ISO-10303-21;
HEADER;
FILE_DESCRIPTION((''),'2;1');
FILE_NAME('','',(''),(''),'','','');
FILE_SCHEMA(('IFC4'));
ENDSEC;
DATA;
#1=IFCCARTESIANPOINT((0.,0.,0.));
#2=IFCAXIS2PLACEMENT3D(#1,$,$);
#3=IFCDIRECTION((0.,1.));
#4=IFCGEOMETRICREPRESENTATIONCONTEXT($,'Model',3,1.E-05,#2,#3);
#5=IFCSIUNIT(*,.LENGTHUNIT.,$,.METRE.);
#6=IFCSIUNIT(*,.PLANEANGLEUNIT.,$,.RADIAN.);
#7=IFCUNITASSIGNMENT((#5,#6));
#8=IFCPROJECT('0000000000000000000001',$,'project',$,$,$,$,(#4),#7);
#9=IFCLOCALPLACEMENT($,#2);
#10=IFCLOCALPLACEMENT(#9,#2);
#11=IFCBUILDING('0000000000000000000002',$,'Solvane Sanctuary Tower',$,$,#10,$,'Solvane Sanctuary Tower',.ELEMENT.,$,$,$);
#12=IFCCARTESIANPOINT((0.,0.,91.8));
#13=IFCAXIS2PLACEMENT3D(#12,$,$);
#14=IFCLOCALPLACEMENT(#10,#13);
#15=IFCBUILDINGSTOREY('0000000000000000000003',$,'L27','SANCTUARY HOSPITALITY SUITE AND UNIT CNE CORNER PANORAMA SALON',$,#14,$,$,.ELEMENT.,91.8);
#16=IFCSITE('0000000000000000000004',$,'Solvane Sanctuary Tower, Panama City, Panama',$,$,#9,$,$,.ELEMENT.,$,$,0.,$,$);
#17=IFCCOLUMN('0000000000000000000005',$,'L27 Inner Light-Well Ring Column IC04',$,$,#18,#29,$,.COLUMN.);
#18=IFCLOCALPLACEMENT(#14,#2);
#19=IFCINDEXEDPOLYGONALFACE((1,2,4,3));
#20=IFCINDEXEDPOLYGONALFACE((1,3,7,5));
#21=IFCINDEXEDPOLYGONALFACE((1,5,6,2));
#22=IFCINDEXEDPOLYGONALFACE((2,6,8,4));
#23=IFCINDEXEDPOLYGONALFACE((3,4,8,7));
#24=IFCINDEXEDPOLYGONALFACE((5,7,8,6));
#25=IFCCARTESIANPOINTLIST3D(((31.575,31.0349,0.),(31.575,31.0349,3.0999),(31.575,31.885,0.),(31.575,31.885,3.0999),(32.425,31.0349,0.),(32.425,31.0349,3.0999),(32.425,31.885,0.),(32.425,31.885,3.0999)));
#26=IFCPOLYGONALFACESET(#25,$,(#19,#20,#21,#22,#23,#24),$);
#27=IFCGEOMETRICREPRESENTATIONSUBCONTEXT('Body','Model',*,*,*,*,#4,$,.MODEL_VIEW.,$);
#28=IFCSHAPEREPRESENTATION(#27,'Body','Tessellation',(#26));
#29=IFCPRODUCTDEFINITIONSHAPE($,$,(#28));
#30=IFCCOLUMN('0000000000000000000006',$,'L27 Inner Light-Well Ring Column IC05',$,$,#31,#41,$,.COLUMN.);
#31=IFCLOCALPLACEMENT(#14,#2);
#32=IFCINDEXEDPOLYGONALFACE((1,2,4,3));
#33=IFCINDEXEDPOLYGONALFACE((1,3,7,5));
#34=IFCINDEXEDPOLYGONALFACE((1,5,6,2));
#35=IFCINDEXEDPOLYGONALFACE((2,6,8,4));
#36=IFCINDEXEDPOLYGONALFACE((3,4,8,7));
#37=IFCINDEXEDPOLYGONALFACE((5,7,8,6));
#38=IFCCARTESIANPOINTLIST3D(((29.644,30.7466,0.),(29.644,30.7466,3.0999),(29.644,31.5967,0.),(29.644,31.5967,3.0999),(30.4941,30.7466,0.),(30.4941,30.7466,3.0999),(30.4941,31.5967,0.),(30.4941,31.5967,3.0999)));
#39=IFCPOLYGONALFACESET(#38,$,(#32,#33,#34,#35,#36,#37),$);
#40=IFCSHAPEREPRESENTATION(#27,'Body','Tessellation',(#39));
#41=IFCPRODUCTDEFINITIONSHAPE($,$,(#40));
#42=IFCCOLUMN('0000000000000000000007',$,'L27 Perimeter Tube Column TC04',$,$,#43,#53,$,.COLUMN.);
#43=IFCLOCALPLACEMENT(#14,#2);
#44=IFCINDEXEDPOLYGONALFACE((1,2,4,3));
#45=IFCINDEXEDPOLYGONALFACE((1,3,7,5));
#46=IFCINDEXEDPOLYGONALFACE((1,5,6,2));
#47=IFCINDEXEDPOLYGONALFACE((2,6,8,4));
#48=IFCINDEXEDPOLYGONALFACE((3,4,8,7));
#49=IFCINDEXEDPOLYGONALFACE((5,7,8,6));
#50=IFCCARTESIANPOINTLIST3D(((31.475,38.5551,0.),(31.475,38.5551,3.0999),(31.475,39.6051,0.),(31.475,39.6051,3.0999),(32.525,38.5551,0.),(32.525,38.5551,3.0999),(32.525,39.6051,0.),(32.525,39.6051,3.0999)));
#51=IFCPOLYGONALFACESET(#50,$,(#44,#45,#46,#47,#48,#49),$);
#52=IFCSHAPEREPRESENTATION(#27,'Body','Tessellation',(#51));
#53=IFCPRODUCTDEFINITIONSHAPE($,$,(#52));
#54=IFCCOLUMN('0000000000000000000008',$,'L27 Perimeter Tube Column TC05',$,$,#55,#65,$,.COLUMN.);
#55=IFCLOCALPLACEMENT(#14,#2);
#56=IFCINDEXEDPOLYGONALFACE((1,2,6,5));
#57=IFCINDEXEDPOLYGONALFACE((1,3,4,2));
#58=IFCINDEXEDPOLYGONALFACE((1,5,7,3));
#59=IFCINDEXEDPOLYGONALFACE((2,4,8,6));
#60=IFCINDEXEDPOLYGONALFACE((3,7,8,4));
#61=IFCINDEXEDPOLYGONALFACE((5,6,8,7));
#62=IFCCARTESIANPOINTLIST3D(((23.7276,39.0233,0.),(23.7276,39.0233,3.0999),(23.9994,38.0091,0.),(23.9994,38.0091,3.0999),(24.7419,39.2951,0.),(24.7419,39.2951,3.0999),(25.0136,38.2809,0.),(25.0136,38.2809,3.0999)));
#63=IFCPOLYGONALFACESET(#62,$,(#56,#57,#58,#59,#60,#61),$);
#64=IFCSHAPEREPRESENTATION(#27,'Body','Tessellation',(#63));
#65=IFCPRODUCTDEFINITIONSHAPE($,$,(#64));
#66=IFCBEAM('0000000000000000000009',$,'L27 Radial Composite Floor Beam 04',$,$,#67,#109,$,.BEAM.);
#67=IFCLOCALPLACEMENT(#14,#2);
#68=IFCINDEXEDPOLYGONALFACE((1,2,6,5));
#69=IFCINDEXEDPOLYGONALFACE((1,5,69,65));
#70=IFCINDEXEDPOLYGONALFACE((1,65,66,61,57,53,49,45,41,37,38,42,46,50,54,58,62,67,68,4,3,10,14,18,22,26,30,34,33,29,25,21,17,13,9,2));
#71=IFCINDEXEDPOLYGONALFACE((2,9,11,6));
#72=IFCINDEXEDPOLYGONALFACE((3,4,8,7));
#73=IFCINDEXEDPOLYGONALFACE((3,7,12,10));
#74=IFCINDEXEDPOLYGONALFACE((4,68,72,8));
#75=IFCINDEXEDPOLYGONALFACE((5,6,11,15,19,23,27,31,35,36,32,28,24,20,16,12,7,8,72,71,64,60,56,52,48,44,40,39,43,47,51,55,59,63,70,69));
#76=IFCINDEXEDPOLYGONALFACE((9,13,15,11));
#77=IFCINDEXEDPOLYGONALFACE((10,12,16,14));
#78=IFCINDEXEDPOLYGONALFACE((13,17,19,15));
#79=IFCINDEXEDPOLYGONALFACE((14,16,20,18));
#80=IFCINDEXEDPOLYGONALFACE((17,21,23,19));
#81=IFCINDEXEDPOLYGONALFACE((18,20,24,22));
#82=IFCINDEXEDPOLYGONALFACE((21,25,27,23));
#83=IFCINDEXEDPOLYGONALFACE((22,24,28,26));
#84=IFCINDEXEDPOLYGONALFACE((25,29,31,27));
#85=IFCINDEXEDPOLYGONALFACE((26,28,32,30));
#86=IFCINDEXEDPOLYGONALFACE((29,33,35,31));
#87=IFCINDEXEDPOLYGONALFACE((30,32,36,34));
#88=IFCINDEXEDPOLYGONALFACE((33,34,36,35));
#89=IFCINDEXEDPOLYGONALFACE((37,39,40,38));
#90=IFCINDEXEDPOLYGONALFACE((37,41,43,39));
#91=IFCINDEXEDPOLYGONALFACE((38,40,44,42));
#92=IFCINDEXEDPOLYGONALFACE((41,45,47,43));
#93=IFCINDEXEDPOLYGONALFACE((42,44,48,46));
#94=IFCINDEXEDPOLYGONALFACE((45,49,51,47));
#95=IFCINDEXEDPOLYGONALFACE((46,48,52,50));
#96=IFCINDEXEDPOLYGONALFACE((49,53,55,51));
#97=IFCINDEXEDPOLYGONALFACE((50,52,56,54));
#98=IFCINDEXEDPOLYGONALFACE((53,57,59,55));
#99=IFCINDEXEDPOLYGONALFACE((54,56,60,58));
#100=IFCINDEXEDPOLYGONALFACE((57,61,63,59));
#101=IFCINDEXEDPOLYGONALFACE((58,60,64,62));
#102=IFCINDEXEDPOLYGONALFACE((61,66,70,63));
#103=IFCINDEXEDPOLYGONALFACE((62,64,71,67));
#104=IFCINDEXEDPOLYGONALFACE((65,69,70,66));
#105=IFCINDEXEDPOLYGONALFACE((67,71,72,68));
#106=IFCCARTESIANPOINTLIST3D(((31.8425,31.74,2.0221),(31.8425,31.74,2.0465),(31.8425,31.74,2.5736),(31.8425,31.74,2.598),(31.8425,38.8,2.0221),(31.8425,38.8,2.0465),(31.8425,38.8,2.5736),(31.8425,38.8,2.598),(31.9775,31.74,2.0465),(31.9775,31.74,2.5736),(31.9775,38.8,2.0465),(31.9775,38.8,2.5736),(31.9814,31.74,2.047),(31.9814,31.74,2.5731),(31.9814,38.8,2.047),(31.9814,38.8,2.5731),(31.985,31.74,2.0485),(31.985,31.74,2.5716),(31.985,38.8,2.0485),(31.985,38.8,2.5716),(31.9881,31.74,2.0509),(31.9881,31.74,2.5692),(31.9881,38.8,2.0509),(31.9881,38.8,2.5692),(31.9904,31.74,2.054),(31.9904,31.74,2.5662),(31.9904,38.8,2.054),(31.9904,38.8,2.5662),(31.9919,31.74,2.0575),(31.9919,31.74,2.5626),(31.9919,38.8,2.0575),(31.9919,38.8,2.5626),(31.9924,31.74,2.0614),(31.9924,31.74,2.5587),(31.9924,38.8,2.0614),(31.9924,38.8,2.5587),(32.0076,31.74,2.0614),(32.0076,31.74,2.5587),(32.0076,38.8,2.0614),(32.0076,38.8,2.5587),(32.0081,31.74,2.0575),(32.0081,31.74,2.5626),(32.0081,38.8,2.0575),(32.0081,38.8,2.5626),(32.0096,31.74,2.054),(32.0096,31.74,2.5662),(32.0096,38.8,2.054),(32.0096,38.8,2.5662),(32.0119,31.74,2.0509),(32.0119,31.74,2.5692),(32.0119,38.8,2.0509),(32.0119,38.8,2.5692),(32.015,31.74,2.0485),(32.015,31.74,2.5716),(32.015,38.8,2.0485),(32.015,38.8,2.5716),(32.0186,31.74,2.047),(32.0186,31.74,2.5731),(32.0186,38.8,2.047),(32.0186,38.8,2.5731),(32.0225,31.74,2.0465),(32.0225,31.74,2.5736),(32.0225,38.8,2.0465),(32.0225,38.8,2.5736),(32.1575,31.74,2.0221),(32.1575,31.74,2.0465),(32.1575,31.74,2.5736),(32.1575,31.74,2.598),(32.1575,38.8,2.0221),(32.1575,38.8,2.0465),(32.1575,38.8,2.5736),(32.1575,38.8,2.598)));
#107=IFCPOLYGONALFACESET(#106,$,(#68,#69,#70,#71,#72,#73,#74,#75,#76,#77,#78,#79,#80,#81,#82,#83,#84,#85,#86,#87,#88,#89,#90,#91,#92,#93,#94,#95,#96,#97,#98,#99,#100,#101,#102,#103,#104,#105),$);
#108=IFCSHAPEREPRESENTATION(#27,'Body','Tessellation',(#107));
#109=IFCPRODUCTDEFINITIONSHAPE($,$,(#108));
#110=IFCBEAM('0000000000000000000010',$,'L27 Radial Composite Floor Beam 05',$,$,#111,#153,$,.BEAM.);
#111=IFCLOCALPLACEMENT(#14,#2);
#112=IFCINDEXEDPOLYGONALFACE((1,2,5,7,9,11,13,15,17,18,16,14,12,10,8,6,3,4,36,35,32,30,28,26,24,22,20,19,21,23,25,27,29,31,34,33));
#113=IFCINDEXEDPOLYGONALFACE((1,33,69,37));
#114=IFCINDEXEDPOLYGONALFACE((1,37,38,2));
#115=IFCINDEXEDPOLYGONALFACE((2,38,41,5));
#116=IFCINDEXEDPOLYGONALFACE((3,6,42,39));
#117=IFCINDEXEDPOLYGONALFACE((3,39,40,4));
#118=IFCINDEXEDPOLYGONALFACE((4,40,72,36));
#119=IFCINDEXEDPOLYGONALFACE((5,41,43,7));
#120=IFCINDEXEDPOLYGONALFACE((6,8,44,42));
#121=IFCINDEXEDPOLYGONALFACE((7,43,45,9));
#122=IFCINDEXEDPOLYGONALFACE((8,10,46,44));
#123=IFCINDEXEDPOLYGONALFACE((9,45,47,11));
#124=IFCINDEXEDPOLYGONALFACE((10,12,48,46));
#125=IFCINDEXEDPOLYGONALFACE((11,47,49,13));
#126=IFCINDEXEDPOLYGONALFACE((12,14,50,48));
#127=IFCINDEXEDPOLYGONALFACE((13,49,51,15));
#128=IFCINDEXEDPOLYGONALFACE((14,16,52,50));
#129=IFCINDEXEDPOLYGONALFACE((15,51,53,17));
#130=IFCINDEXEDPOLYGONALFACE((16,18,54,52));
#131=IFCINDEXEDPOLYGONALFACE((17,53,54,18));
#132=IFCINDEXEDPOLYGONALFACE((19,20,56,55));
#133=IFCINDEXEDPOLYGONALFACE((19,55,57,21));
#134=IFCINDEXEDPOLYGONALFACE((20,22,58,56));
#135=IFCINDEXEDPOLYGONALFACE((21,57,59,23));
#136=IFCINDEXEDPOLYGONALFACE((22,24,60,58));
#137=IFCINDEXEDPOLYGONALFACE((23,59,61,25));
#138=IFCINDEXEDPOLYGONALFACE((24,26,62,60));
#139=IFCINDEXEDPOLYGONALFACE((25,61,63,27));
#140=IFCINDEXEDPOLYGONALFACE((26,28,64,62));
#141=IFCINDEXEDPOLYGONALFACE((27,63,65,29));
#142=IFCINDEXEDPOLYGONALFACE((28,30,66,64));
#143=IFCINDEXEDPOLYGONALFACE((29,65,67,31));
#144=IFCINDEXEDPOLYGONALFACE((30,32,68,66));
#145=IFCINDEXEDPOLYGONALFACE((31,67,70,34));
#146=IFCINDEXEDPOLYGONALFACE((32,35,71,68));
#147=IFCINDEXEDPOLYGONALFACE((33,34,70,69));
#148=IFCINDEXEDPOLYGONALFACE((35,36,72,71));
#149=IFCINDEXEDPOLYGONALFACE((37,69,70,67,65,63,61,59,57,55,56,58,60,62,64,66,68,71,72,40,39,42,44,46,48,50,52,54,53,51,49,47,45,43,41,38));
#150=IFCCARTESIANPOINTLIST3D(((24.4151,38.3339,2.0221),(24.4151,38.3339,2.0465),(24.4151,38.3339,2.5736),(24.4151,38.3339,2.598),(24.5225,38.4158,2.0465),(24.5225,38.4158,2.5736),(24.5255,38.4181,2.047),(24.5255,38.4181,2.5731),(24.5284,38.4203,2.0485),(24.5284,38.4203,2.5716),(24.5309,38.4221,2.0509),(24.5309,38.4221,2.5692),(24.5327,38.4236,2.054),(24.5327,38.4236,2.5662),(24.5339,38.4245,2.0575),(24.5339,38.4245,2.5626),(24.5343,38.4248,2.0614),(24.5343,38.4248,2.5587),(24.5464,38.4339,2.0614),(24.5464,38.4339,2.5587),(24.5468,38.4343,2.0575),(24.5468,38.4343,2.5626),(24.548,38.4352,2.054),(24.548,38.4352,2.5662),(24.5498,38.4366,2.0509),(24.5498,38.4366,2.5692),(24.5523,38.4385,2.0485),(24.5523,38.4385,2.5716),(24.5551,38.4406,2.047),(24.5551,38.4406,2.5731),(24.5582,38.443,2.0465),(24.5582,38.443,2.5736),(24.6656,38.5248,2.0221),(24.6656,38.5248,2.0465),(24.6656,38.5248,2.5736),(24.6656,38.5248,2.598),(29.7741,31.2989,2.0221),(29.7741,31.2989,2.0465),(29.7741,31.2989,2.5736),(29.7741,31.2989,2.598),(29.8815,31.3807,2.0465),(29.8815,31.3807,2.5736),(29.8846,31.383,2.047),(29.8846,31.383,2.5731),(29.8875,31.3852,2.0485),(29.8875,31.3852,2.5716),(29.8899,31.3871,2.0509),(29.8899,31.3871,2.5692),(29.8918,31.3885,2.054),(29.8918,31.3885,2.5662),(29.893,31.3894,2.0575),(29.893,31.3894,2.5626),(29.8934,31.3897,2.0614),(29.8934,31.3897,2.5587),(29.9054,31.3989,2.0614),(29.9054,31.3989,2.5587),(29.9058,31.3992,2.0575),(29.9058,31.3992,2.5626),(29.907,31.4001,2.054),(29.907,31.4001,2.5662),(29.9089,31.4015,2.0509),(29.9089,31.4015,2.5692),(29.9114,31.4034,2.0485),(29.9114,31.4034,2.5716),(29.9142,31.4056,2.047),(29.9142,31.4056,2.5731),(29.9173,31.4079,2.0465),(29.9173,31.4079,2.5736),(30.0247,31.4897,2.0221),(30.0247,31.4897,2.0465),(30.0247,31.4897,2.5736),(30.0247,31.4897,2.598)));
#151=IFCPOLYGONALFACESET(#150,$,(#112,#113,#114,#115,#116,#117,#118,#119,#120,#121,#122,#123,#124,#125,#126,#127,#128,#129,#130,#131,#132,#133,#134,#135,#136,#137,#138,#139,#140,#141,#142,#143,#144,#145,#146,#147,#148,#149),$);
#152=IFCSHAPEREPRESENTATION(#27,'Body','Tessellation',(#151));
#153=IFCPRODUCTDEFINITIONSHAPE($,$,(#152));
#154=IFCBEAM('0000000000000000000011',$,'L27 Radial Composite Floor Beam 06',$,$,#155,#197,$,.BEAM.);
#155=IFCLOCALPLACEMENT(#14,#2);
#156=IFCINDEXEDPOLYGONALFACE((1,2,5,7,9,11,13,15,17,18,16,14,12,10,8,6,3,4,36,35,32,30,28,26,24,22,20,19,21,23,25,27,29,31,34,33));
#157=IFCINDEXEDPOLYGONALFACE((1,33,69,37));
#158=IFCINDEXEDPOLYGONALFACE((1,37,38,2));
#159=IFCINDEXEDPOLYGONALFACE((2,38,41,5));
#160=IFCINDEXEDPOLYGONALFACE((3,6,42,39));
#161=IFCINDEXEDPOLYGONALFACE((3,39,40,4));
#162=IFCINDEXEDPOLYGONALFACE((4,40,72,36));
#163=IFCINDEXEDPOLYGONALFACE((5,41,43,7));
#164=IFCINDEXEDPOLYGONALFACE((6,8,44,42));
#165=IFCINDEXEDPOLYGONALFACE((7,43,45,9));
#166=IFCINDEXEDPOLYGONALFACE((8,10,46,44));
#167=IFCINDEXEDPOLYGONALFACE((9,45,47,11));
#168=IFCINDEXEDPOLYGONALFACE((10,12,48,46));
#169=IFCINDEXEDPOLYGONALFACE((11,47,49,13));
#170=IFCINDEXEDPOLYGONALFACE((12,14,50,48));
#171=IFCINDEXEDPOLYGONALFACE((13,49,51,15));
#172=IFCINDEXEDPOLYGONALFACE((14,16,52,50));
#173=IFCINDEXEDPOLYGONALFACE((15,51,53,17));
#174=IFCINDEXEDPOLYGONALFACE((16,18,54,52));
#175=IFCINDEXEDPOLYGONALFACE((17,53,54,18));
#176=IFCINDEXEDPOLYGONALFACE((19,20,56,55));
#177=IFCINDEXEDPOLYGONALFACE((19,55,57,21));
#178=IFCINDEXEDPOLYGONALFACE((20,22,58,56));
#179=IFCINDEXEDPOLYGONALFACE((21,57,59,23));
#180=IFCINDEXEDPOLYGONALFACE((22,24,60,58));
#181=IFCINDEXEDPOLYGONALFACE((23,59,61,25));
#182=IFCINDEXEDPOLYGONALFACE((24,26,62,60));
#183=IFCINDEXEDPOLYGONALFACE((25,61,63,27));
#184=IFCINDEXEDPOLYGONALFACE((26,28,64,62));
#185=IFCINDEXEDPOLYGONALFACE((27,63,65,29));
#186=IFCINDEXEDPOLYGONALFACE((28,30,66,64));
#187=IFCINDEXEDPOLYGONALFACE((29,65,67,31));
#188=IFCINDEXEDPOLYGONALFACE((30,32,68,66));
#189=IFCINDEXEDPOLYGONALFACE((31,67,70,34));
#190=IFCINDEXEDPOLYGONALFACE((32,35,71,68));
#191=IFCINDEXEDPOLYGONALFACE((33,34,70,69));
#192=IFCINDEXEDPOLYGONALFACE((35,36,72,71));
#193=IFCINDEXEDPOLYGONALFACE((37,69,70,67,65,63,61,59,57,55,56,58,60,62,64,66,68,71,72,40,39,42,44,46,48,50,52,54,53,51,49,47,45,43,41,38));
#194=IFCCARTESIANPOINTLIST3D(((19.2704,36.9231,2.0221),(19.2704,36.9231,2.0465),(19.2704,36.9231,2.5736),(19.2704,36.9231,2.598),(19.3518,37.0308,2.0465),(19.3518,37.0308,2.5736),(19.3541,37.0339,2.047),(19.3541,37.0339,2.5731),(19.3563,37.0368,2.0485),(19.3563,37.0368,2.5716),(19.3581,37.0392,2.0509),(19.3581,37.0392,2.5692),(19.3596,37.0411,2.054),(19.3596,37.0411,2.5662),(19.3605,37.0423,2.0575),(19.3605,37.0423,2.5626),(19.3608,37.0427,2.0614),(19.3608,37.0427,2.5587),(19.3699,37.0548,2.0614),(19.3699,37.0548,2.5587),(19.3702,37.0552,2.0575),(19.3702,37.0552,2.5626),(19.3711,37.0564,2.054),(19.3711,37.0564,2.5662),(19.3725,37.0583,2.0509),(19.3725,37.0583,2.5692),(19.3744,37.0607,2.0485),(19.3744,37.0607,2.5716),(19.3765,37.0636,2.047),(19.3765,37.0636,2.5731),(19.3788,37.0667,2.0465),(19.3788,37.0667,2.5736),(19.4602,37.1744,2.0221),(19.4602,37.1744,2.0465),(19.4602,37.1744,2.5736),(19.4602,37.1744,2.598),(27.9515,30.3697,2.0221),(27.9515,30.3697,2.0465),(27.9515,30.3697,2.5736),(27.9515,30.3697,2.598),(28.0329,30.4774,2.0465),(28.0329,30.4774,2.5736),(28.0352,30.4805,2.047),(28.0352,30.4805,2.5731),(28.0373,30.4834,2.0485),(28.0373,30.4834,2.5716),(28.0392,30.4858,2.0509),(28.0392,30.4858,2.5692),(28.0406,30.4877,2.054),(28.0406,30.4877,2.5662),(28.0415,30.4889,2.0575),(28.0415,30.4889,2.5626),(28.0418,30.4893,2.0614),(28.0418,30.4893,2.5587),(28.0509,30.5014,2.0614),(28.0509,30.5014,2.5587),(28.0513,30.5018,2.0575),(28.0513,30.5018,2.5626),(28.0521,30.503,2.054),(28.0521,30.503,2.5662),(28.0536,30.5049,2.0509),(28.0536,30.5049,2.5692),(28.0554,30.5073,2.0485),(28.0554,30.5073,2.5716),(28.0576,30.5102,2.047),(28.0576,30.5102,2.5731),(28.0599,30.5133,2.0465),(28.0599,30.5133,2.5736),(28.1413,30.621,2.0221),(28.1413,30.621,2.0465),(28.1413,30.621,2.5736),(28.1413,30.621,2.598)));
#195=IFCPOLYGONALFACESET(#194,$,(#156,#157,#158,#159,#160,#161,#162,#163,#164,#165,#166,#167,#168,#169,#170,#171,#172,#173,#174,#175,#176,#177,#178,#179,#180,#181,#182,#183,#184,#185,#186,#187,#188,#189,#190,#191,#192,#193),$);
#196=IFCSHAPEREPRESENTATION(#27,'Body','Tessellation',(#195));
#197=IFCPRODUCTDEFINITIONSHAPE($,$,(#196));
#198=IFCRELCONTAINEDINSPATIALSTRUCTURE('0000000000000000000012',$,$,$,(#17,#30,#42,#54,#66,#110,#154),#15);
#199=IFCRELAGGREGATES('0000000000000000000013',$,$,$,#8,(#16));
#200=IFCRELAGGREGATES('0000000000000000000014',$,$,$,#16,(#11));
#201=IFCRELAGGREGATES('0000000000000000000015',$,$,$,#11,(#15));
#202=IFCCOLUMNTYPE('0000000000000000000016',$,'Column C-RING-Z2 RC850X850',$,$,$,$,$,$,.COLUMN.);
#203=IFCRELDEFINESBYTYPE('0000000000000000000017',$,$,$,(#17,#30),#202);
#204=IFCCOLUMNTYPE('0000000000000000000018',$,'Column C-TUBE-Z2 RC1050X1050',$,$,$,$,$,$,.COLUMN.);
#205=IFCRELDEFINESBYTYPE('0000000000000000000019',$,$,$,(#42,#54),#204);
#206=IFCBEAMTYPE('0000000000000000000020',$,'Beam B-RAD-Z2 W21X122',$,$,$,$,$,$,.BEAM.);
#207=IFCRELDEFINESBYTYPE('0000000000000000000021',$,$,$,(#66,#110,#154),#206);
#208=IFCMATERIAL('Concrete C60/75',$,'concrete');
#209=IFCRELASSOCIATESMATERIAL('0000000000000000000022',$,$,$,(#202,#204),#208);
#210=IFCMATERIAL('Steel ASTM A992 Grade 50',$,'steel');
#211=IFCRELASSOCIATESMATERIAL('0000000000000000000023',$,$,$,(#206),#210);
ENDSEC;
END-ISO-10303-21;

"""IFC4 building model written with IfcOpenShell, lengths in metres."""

from ifc_helpers import new_model, si_unit, direction, frame, origin, origin_2d, place, context, subcontext, project, spatial, rectangle, i_section, extrude, material, material_profile, profile_set, type_object, element, save


model = new_model("IFC4")

# Units and contexts
model_context = context("Model", 3, precision=1e-05, world=origin(), true_north=direction((0.0, 1.0)))
body_context = subcontext(model_context, "Body", "Model", "MODEL_VIEW")
ifc_project = project(units=[si_unit("LENGTHUNIT", "METRE"), si_unit("PLANEANGLEUNIT", "RADIAN")], contexts=[model_context])

# Site, building, storey
site_placement = place(None, origin())
site = spatial("IfcSite", under=ifc_project, at=site_placement, Name="Solvane Sanctuary Tower, Panama City, Panama", CompositionType="ELEMENT", RefElevation=0.0)
building_placement = place(site_placement, origin())
building = spatial("IfcBuilding", under=site, at=building_placement, Name="Solvane Sanctuary Tower", LongName="Solvane Sanctuary Tower", CompositionType="ELEMENT")
storey_placement = place(building_placement, frame((0.0, 0.0, 91.8)))
storey = spatial("IfcBuildingStorey", under=building, at=storey_placement, Name="L27", Description="SANCTUARY HOSPITALITY SUITE AND UNIT CNE CORNER PANORAMA SALON", CompositionType="ELEMENT", Elevation=91.8)

# Columns
ifc_material_1 = material(Name="Concrete C60/75", Category="concrete")
ifc_material_profile_1 = material_profile(ifc_material_1, rectangle(XDim=0.8501, YDim=0.8501, at=origin_2d()), Name="RC850X850")
ifc_profile_set_1 = profile_set([ifc_material_profile_1], Name="Concrete C60/75")
column_type_1 = type_object("IfcColumnType", Name="Column C-RING-Z2 RC850X850", PredefinedType="COLUMN", material=ifc_profile_set_1)
for number, where, z_axis, x_axis, name in (
    (1, (32.0, 31.46, 0.0), (0.0, 0.0, 1.0), (1.0, 0.0, 0.0), "L27 Inner Light-Well Ring Column IC04"),
    (2, (30.0691, 31.1716, 0.0), (0.0, 0.0, 1.0), (1.0, 0.0, 0.0), "L27 Inner Light-Well Ring Column IC05"),
):
    element("IfcColumn", number, at=place(storey_placement, frame(where, z_axis=z_axis, x_axis=x_axis)), inside=storey, type_object=column_type_1, Name=name, PredefinedType="COLUMN", context=body_context, shape_type="SweptSolid", body=[
        extrude(rectangle(XDim=0.8501, YDim=0.8501, at=origin_2d()), origin(), (0.0, 0.0, 1.0), 3.0999),
    ])
ifc_material_profile_2 = material_profile(ifc_material_1, rectangle(XDim=1.05, YDim=1.05, at=origin_2d()), Name="RC1050X1050")
ifc_profile_set_2 = profile_set([ifc_material_profile_2], Name="Concrete C60/75")
column_type_2 = type_object("IfcColumnType", Name="Column C-TUBE-Z2 RC1050X1050", PredefinedType="COLUMN", material=ifc_profile_set_2)
for number, where, z_axis, x_axis, name in (
    (3, (32.0, 39.0801, 0.0), (0.0, 0.0, 1.0), (0.0, 1.0, 0.0), "L27 Perimeter Tube Column TC04"),
    (4, (24.3706, 38.6521, 0.0), (0.0, 0.0, 1.0), (-0.258819, 0.965926, 0.0), "L27 Perimeter Tube Column TC05"),
):
    element("IfcColumn", number, at=place(storey_placement, frame(where, z_axis=z_axis, x_axis=x_axis)), inside=storey, type_object=column_type_2, Name=name, PredefinedType="COLUMN", context=body_context, shape_type="SweptSolid", body=[
        extrude(rectangle(XDim=1.05, YDim=1.05, at=origin_2d()), origin(), (0.0, 0.0, 1.0), 3.0999),
    ])

# Beams
ifc_material_2 = material(Name="Steel ASTM A992 Grade 50", Category="steel")
ifc_material_profile_3 = material_profile(ifc_material_2, i_section(OverallWidth=0.3149, OverallDepth=0.5759, WebThickness=0.0151, FlangeThickness=0.0244, FilletRadius=0.0149, at=origin_2d()), Name="W21X122")
ifc_profile_set_3 = profile_set([ifc_material_profile_3], Name="Steel ASTM A992 Grade 50")
beam_type_1 = type_object("IfcBeamType", Name="Beam B-RAD-Z2 W21X122", PredefinedType="BEAM", material=ifc_profile_set_3)
beam_1_placement = place(storey_placement, frame((32.0, 31.74, 2.3101), z_axis=(0.0, 1.0, 0.0), x_axis=(-1.0, 0.0, 0.0)))
element("IfcBeam", 5, at=beam_1_placement, inside=storey, type_object=beam_type_1, Name="L27 Radial Composite Floor Beam 04", PredefinedType="BEAM", context=body_context, shape_type="SweptSolid", body=[
    extrude(i_section(OverallWidth=0.3149, OverallDepth=0.5759, WebThickness=0.0151, FlangeThickness=0.0244, FilletRadius=0.0149, at=origin_2d()), origin(), (0.0, 0.0, 1.0), 7.0601),
])
beam_2_placement = place(storey_placement, frame((29.8994, 31.3943, 2.3101), z_axis=(-0.605973, 0.795486, 0.0), x_axis=(-0.795486, -0.605973, 0.0)))
element("IfcBeam", 6, at=beam_2_placement, inside=storey, type_object=beam_type_1, Name="L27 Radial Composite Floor Beam 05", PredefinedType="BEAM", context=body_context, shape_type="SweptSolid", body=[
    extrude(i_section(OverallWidth=0.3149, OverallDepth=0.5759, WebThickness=0.0151, FlangeThickness=0.0244, FilletRadius=0.0149, at=origin_2d()), origin(), (0.0, 0.0, 1.0), 8.8438),
])
beam_3_placement = place(storey_placement, frame((28.0464, 30.4954, 2.3101), z_axis=(-0.798116, 0.602504, 0.0), x_axis=(-0.602504, -0.798116, 0.0)))
element("IfcBeam", 7, at=beam_3_placement, inside=storey, type_object=beam_type_1, Name="L27 Radial Composite Floor Beam 06", PredefinedType="BEAM", context=body_context, shape_type="SweptSolid", body=[
    extrude(i_section(OverallWidth=0.3149, OverallDepth=0.5759, WebThickness=0.0151, FlangeThickness=0.0244, FilletRadius=0.0149, at=origin_2d()), origin(), (0.0, 0.0, 1.0), 10.877),
])

save(model, "model.ifc")
